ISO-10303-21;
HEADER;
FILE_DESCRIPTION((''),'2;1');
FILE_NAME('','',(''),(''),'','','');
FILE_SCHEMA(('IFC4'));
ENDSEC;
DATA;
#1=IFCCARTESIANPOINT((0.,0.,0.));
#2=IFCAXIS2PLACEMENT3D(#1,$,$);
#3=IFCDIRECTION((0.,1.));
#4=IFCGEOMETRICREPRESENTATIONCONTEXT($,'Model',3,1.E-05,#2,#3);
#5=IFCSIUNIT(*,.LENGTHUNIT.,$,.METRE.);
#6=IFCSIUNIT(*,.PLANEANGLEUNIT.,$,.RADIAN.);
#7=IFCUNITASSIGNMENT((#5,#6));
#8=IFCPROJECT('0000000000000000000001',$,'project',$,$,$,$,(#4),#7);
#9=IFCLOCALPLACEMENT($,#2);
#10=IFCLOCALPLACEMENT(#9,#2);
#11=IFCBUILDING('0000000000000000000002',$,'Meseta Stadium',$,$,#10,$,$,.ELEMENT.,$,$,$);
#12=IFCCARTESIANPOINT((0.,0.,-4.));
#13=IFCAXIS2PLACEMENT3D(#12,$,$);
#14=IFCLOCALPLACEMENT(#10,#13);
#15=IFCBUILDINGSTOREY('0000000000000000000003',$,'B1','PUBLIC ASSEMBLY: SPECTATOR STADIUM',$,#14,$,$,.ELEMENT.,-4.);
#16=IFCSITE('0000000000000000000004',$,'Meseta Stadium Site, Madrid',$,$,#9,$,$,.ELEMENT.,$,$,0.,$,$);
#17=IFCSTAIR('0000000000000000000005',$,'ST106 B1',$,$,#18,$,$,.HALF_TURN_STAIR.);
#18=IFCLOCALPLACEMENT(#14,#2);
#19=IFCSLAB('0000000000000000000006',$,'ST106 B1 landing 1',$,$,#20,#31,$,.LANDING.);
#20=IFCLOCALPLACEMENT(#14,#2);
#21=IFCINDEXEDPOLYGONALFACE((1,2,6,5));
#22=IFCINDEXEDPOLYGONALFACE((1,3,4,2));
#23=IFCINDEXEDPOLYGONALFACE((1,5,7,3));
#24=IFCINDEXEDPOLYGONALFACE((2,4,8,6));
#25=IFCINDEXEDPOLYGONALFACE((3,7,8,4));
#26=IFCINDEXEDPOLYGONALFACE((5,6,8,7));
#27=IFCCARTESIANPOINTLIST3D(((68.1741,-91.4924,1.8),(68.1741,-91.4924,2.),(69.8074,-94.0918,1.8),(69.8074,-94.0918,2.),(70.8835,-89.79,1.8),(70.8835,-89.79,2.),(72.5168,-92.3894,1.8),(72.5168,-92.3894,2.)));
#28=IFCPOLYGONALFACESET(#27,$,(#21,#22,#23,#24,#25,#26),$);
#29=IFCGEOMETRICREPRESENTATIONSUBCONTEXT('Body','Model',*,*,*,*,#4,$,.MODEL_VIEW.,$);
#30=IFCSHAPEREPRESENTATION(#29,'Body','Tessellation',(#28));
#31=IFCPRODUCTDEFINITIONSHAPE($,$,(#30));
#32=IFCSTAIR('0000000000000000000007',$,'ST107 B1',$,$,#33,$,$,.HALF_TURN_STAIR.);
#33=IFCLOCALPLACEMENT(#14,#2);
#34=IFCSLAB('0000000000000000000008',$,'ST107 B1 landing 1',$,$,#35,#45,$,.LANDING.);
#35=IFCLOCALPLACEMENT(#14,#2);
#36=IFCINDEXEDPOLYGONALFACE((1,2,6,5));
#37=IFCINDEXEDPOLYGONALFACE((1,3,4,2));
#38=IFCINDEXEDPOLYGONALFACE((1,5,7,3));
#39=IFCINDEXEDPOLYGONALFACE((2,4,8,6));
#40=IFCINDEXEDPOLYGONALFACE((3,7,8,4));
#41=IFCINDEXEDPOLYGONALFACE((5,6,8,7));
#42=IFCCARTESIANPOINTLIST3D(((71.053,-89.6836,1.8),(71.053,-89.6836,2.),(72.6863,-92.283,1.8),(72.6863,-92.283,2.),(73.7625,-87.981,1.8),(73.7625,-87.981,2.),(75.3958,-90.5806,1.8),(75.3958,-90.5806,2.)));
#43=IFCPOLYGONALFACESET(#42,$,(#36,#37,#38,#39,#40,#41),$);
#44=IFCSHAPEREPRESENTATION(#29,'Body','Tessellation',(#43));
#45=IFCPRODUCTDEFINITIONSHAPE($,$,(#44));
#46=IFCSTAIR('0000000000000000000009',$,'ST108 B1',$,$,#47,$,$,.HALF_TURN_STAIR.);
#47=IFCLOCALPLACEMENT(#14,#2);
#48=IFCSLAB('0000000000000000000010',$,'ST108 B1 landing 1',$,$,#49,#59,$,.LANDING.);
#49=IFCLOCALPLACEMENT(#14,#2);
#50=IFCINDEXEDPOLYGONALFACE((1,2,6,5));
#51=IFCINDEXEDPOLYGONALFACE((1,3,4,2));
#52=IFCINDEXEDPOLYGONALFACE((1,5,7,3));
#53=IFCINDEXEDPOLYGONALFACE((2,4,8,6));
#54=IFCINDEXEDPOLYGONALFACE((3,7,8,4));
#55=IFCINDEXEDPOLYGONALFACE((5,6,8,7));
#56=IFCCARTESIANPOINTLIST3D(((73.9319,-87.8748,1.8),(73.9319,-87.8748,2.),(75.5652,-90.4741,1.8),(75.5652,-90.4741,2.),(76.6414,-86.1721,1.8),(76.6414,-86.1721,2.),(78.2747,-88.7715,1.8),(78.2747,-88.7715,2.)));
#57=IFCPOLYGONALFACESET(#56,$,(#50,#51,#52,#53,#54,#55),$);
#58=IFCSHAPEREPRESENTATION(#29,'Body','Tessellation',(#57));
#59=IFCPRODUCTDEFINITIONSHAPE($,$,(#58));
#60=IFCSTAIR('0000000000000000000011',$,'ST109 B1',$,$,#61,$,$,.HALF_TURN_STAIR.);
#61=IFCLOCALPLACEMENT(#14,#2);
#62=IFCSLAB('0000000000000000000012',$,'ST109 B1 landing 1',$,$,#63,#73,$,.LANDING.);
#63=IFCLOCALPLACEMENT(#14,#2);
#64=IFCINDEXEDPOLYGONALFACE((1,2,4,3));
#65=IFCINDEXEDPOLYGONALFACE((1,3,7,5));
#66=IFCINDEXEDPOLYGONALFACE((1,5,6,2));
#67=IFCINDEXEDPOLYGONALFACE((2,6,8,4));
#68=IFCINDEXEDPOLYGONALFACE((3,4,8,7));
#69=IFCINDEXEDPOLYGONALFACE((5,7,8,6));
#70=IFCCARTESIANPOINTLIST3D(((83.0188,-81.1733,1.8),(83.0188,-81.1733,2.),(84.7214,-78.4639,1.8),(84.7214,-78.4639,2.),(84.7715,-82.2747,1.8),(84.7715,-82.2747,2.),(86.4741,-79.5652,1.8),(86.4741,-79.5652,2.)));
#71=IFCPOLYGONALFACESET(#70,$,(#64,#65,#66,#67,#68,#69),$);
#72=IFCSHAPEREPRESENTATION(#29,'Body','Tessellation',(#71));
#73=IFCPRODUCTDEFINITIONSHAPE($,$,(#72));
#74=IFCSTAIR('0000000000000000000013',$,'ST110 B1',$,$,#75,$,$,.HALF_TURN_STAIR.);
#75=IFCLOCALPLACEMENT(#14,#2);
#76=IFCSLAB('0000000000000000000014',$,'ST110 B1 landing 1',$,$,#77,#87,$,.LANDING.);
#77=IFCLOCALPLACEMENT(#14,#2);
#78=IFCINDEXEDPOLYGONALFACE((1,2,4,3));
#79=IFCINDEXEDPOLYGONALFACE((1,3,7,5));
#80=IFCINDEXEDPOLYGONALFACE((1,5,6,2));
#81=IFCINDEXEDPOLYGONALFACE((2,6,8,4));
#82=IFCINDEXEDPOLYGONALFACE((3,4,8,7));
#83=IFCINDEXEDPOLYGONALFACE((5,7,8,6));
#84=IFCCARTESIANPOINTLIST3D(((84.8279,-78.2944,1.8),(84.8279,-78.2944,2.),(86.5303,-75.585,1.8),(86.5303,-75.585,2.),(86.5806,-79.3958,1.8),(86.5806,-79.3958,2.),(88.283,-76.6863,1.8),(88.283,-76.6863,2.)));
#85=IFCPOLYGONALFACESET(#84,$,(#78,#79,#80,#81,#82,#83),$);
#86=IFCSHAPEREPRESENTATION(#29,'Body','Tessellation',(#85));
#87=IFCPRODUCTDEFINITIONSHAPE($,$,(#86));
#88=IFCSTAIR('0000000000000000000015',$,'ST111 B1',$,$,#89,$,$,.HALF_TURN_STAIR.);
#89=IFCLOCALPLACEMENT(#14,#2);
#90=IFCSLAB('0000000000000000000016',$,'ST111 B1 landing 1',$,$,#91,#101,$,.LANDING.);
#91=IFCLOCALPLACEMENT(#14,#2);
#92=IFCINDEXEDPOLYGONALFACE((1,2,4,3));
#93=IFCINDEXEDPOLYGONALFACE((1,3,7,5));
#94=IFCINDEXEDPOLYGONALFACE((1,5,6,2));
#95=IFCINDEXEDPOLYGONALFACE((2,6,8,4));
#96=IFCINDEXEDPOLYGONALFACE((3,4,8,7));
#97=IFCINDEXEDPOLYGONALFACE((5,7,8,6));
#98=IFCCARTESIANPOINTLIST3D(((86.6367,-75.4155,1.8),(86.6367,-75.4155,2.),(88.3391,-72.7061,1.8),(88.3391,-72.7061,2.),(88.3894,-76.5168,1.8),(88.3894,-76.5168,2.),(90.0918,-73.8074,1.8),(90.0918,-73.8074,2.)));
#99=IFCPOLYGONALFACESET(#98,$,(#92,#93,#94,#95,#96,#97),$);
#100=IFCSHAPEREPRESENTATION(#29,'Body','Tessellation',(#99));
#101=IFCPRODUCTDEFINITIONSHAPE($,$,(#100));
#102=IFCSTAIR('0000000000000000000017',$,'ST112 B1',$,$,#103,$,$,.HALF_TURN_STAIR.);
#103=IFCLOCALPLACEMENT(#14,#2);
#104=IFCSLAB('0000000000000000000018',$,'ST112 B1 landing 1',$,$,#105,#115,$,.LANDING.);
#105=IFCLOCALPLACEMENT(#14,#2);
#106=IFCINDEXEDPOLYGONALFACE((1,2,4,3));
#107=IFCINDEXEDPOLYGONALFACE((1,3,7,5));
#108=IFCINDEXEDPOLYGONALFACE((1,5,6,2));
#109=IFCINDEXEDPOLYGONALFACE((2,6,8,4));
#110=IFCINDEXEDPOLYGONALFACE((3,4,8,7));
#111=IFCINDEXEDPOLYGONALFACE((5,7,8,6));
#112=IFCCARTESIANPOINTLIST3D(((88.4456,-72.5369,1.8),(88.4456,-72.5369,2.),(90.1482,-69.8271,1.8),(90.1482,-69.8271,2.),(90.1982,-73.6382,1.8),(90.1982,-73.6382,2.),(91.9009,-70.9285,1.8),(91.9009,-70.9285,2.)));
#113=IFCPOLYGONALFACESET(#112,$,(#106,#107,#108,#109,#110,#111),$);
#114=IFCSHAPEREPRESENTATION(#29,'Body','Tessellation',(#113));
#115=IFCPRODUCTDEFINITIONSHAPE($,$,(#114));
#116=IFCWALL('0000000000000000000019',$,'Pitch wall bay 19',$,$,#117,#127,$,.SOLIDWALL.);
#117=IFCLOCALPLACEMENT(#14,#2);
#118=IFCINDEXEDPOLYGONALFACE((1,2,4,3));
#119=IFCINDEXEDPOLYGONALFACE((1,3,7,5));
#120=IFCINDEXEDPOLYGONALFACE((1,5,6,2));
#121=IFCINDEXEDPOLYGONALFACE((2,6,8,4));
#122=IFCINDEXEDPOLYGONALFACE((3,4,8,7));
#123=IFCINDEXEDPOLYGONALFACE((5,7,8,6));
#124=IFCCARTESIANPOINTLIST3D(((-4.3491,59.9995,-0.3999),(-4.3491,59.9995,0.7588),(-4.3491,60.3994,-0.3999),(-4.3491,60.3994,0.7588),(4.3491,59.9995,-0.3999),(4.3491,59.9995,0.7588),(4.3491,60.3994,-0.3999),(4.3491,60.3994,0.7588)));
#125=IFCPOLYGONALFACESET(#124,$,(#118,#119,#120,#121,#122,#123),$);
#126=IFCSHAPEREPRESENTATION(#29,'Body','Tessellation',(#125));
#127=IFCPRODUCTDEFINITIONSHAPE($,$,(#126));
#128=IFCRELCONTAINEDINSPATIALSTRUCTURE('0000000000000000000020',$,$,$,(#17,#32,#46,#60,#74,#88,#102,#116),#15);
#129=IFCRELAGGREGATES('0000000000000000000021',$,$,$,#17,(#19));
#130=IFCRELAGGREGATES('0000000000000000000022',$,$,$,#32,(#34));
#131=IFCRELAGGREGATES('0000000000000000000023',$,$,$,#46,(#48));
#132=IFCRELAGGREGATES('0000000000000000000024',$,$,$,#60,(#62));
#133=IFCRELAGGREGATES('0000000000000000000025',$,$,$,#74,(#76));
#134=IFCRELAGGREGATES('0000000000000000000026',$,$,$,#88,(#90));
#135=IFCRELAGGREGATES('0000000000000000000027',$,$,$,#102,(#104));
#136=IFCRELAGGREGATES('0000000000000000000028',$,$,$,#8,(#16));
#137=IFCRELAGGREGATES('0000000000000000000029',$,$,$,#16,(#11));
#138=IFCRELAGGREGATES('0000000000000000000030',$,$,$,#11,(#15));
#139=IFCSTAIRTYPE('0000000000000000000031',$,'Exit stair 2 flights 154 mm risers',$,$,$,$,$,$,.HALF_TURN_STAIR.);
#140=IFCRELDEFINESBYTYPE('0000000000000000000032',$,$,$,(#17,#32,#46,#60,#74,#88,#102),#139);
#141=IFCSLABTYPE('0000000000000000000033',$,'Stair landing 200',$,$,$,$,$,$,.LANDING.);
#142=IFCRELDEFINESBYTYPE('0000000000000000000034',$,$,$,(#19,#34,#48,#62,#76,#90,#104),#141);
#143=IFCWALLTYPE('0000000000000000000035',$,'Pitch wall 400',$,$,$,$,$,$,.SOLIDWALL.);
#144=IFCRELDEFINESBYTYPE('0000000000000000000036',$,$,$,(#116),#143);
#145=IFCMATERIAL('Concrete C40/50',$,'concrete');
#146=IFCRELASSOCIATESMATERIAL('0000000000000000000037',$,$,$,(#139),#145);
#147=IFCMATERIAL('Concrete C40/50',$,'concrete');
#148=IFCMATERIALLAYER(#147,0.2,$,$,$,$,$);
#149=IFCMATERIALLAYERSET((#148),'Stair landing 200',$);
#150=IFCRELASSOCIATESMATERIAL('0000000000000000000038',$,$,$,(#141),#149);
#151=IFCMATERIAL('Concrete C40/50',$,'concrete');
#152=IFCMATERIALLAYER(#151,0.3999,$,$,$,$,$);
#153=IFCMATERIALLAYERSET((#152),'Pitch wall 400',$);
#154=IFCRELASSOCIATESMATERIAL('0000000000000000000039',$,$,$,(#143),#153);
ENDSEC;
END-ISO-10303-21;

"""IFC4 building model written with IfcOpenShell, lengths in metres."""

from ifc_helpers import new_model, si_unit, direction, frame, frame_2d, origin, place, context, subcontext, project, spatial, polyline, rectangle, outline, extrude, material, layer, layer_set, type_object, element, aggregate, save


model = new_model("IFC4")

# Units and contexts
model_context = context("Model", 3, precision=1e-05, world=origin(), true_north=direction((0.0, 1.0)))
body_context = subcontext(model_context, "Body", "Model", "MODEL_VIEW")
ifc_project = project(units=[si_unit("LENGTHUNIT", "METRE"), si_unit("PLANEANGLEUNIT", "RADIAN")], contexts=[model_context])

# Site, building, storey
site_placement = place(None, origin())
site = spatial("IfcSite", under=ifc_project, at=site_placement, Name="Meseta Stadium Site, Madrid", CompositionType="ELEMENT", RefElevation=0.0)
building_placement = place(site_placement, origin())
building = spatial("IfcBuilding", under=site, at=building_placement, Name="Meseta Stadium", CompositionType="ELEMENT")
storey_placement = place(building_placement, frame((0.0, 0.0, -4.0)))
storey = spatial("IfcBuildingStorey", under=building, at=storey_placement, Name="B1", Description="PUBLIC ASSEMBLY: SPECTATOR STADIUM", CompositionType="ELEMENT", Elevation=-4.0)

# Stairs, slabs
ifc_material_1 = material(Name="Concrete C40/50", Category="concrete")
stair_type = type_object("IfcStairType", Name="Exit stair 2 flights 154 mm risers", PredefinedType="HALF_TURN_STAIR", material=ifc_material_1)
ifc_material_2 = material(Name="Concrete C40/50", Category="concrete")
ifc_layer_1 = layer(ifc_material_2, 0.2)
ifc_layer_set_1 = layer_set([ifc_layer_1], Name="Stair landing 200")
slab_type = type_object("IfcSlabType", Name="Stair landing 200", PredefinedType="LANDING", material=ifc_layer_set_1)
stair_1_placement = place(storey_placement, origin())
stair_1 = element("IfcStair", 1, at=stair_1_placement, inside=storey, type_object=stair_type, Name="ST106 B1", PredefinedType="HALF_TURN_STAIR")
slab_1_placement = place(storey_placement, frame((0.0, 0.0, 1.8)))
slab_1 = element("IfcSlab", 2, at=slab_1_placement, type_object=slab_type, Name="ST106 B1 landing 1", PredefinedType="LANDING", context=body_context, shape_type="SweptSolid", body=[
    extrude(outline(polyline([(68.1741, -91.4924), (69.8074, -94.0918), (72.5168, -92.3894), (70.8835, -89.79), (68.1741, -91.4924)])), origin(), (0.0, 0.0, 1.0), 0.2),
])
aggregate(stair_1, [slab_1])
stair_2_placement = place(storey_placement, origin())
stair_2 = element("IfcStair", 3, at=stair_2_placement, inside=storey, type_object=stair_type, Name="ST107 B1", PredefinedType="HALF_TURN_STAIR")
slab_2_placement = place(storey_placement, frame((0.0, 0.0, 1.8)))
slab_2 = element("IfcSlab", 4, at=slab_2_placement, type_object=slab_type, Name="ST107 B1 landing 1", PredefinedType="LANDING", context=body_context, shape_type="SweptSolid", body=[
    extrude(outline(polyline([(71.053, -89.6836), (72.6863, -92.283), (75.3958, -90.5806), (73.7625, -87.981), (71.053, -89.6836)])), origin(), (0.0, 0.0, 1.0), 0.2),
])
aggregate(stair_2, [slab_2])
stair_3_placement = place(storey_placement, origin())
stair_3 = element("IfcStair", 5, at=stair_3_placement, inside=storey, type_object=stair_type, Name="ST108 B1", PredefinedType="HALF_TURN_STAIR")
slab_3_placement = place(storey_placement, frame((0.0, 0.0, 1.8)))
slab_3 = element("IfcSlab", 6, at=slab_3_placement, type_object=slab_type, Name="ST108 B1 landing 1", PredefinedType="LANDING", context=body_context, shape_type="SweptSolid", body=[
    extrude(outline(polyline([(73.9319, -87.8748), (75.5652, -90.4741), (78.2747, -88.7715), (76.6414, -86.1721), (73.9319, -87.8748)])), origin(), (0.0, 0.0, 1.0), 0.2),
])
aggregate(stair_3, [slab_3])
stair_4_placement = place(storey_placement, origin())
stair_4 = element("IfcStair", 7, at=stair_4_placement, inside=storey, type_object=stair_type, Name="ST109 B1", PredefinedType="HALF_TURN_STAIR")
slab_4_placement = place(storey_placement, frame((0.0, 0.0, 1.8)))
slab_4 = element("IfcSlab", 8, at=slab_4_placement, type_object=slab_type, Name="ST109 B1 landing 1", PredefinedType="LANDING", context=body_context, shape_type="SweptSolid", body=[
    extrude(outline(polyline([(83.0188, -81.1733), (84.7715, -82.2747), (86.4741, -79.5652), (84.7214, -78.4639), (83.0188, -81.1733)])), origin(), (0.0, 0.0, 1.0), 0.2),
])
aggregate(stair_4, [slab_4])
stair_5_placement = place(storey_placement, origin())
stair_5 = element("IfcStair", 9, at=stair_5_placement, inside=storey, type_object=stair_type, Name="ST110 B1", PredefinedType="HALF_TURN_STAIR")
slab_5_placement = place(storey_placement, frame((0.0, 0.0, 1.8)))
slab_5 = element("IfcSlab", 10, at=slab_5_placement, type_object=slab_type, Name="ST110 B1 landing 1", PredefinedType="LANDING", context=body_context, shape_type="SweptSolid", body=[
    extrude(outline(polyline([(84.8279, -78.2944), (86.5806, -79.3958), (88.283, -76.6863), (86.5303, -75.585), (84.8279, -78.2944)])), origin(), (0.0, 0.0, 1.0), 0.2),
])
aggregate(stair_5, [slab_5])
stair_6_placement = place(storey_placement, origin())
stair_6 = element("IfcStair", 11, at=stair_6_placement, inside=storey, type_object=stair_type, Name="ST111 B1", PredefinedType="HALF_TURN_STAIR")
slab_6_placement = place(storey_placement, frame((0.0, 0.0, 1.8)))
slab_6 = element("IfcSlab", 12, at=slab_6_placement, type_object=slab_type, Name="ST111 B1 landing 1", PredefinedType="LANDING", context=body_context, shape_type="SweptSolid", body=[
    extrude(outline(polyline([(86.6367, -75.4155), (88.3894, -76.5168), (90.0918, -73.8074), (88.3391, -72.7061), (86.6367, -75.4155)])), origin(), (0.0, 0.0, 1.0), 0.2),
])
aggregate(stair_6, [slab_6])
stair_7_placement = place(storey_placement, origin())
stair_7 = element("IfcStair", 13, at=stair_7_placement, inside=storey, type_object=stair_type, Name="ST112 B1", PredefinedType="HALF_TURN_STAIR")
slab_7_placement = place(storey_placement, frame((0.0, 0.0, 1.8)))
slab_7 = element("IfcSlab", 14, at=slab_7_placement, type_object=slab_type, Name="ST112 B1 landing 1", PredefinedType="LANDING", context=body_context, shape_type="SweptSolid", body=[
    extrude(outline(polyline([(88.4456, -72.5369), (90.1982, -73.6382), (91.9009, -70.9285), (90.1482, -69.8271), (88.4456, -72.5369)])), origin(), (0.0, 0.0, 1.0), 0.2),
])
aggregate(stair_7, [slab_7])

# Wall
ifc_material_3 = material(Name="Concrete C40/50", Category="concrete")
ifc_layer_2 = layer(ifc_material_3, 0.3999)
ifc_layer_set_2 = layer_set([ifc_layer_2], Name="Pitch wall 400")
wall_type = type_object("IfcWallType", Name="Pitch wall 400", PredefinedType="SOLIDWALL", material=ifc_layer_set_2)
wall_placement = place(storey_placement, frame((4.3491, 60.1995, -0.3999), z_axis=(0.0, 0.0, 1.0), x_axis=(-1.0, 0.0, 0.0)))
element("IfcWall", 15, at=wall_placement, inside=storey, type_object=wall_type, Name="Pitch wall bay 19", PredefinedType="SOLIDWALL", context=body_context, shape_type="SweptSolid", body=[
    extrude(rectangle(XDim=8.6982, YDim=0.3999, at=frame_2d((4.3491, 0.0))), origin(), (0.0, 0.0, 1.0), 1.1587),
])

save(model, "model.ifc")
